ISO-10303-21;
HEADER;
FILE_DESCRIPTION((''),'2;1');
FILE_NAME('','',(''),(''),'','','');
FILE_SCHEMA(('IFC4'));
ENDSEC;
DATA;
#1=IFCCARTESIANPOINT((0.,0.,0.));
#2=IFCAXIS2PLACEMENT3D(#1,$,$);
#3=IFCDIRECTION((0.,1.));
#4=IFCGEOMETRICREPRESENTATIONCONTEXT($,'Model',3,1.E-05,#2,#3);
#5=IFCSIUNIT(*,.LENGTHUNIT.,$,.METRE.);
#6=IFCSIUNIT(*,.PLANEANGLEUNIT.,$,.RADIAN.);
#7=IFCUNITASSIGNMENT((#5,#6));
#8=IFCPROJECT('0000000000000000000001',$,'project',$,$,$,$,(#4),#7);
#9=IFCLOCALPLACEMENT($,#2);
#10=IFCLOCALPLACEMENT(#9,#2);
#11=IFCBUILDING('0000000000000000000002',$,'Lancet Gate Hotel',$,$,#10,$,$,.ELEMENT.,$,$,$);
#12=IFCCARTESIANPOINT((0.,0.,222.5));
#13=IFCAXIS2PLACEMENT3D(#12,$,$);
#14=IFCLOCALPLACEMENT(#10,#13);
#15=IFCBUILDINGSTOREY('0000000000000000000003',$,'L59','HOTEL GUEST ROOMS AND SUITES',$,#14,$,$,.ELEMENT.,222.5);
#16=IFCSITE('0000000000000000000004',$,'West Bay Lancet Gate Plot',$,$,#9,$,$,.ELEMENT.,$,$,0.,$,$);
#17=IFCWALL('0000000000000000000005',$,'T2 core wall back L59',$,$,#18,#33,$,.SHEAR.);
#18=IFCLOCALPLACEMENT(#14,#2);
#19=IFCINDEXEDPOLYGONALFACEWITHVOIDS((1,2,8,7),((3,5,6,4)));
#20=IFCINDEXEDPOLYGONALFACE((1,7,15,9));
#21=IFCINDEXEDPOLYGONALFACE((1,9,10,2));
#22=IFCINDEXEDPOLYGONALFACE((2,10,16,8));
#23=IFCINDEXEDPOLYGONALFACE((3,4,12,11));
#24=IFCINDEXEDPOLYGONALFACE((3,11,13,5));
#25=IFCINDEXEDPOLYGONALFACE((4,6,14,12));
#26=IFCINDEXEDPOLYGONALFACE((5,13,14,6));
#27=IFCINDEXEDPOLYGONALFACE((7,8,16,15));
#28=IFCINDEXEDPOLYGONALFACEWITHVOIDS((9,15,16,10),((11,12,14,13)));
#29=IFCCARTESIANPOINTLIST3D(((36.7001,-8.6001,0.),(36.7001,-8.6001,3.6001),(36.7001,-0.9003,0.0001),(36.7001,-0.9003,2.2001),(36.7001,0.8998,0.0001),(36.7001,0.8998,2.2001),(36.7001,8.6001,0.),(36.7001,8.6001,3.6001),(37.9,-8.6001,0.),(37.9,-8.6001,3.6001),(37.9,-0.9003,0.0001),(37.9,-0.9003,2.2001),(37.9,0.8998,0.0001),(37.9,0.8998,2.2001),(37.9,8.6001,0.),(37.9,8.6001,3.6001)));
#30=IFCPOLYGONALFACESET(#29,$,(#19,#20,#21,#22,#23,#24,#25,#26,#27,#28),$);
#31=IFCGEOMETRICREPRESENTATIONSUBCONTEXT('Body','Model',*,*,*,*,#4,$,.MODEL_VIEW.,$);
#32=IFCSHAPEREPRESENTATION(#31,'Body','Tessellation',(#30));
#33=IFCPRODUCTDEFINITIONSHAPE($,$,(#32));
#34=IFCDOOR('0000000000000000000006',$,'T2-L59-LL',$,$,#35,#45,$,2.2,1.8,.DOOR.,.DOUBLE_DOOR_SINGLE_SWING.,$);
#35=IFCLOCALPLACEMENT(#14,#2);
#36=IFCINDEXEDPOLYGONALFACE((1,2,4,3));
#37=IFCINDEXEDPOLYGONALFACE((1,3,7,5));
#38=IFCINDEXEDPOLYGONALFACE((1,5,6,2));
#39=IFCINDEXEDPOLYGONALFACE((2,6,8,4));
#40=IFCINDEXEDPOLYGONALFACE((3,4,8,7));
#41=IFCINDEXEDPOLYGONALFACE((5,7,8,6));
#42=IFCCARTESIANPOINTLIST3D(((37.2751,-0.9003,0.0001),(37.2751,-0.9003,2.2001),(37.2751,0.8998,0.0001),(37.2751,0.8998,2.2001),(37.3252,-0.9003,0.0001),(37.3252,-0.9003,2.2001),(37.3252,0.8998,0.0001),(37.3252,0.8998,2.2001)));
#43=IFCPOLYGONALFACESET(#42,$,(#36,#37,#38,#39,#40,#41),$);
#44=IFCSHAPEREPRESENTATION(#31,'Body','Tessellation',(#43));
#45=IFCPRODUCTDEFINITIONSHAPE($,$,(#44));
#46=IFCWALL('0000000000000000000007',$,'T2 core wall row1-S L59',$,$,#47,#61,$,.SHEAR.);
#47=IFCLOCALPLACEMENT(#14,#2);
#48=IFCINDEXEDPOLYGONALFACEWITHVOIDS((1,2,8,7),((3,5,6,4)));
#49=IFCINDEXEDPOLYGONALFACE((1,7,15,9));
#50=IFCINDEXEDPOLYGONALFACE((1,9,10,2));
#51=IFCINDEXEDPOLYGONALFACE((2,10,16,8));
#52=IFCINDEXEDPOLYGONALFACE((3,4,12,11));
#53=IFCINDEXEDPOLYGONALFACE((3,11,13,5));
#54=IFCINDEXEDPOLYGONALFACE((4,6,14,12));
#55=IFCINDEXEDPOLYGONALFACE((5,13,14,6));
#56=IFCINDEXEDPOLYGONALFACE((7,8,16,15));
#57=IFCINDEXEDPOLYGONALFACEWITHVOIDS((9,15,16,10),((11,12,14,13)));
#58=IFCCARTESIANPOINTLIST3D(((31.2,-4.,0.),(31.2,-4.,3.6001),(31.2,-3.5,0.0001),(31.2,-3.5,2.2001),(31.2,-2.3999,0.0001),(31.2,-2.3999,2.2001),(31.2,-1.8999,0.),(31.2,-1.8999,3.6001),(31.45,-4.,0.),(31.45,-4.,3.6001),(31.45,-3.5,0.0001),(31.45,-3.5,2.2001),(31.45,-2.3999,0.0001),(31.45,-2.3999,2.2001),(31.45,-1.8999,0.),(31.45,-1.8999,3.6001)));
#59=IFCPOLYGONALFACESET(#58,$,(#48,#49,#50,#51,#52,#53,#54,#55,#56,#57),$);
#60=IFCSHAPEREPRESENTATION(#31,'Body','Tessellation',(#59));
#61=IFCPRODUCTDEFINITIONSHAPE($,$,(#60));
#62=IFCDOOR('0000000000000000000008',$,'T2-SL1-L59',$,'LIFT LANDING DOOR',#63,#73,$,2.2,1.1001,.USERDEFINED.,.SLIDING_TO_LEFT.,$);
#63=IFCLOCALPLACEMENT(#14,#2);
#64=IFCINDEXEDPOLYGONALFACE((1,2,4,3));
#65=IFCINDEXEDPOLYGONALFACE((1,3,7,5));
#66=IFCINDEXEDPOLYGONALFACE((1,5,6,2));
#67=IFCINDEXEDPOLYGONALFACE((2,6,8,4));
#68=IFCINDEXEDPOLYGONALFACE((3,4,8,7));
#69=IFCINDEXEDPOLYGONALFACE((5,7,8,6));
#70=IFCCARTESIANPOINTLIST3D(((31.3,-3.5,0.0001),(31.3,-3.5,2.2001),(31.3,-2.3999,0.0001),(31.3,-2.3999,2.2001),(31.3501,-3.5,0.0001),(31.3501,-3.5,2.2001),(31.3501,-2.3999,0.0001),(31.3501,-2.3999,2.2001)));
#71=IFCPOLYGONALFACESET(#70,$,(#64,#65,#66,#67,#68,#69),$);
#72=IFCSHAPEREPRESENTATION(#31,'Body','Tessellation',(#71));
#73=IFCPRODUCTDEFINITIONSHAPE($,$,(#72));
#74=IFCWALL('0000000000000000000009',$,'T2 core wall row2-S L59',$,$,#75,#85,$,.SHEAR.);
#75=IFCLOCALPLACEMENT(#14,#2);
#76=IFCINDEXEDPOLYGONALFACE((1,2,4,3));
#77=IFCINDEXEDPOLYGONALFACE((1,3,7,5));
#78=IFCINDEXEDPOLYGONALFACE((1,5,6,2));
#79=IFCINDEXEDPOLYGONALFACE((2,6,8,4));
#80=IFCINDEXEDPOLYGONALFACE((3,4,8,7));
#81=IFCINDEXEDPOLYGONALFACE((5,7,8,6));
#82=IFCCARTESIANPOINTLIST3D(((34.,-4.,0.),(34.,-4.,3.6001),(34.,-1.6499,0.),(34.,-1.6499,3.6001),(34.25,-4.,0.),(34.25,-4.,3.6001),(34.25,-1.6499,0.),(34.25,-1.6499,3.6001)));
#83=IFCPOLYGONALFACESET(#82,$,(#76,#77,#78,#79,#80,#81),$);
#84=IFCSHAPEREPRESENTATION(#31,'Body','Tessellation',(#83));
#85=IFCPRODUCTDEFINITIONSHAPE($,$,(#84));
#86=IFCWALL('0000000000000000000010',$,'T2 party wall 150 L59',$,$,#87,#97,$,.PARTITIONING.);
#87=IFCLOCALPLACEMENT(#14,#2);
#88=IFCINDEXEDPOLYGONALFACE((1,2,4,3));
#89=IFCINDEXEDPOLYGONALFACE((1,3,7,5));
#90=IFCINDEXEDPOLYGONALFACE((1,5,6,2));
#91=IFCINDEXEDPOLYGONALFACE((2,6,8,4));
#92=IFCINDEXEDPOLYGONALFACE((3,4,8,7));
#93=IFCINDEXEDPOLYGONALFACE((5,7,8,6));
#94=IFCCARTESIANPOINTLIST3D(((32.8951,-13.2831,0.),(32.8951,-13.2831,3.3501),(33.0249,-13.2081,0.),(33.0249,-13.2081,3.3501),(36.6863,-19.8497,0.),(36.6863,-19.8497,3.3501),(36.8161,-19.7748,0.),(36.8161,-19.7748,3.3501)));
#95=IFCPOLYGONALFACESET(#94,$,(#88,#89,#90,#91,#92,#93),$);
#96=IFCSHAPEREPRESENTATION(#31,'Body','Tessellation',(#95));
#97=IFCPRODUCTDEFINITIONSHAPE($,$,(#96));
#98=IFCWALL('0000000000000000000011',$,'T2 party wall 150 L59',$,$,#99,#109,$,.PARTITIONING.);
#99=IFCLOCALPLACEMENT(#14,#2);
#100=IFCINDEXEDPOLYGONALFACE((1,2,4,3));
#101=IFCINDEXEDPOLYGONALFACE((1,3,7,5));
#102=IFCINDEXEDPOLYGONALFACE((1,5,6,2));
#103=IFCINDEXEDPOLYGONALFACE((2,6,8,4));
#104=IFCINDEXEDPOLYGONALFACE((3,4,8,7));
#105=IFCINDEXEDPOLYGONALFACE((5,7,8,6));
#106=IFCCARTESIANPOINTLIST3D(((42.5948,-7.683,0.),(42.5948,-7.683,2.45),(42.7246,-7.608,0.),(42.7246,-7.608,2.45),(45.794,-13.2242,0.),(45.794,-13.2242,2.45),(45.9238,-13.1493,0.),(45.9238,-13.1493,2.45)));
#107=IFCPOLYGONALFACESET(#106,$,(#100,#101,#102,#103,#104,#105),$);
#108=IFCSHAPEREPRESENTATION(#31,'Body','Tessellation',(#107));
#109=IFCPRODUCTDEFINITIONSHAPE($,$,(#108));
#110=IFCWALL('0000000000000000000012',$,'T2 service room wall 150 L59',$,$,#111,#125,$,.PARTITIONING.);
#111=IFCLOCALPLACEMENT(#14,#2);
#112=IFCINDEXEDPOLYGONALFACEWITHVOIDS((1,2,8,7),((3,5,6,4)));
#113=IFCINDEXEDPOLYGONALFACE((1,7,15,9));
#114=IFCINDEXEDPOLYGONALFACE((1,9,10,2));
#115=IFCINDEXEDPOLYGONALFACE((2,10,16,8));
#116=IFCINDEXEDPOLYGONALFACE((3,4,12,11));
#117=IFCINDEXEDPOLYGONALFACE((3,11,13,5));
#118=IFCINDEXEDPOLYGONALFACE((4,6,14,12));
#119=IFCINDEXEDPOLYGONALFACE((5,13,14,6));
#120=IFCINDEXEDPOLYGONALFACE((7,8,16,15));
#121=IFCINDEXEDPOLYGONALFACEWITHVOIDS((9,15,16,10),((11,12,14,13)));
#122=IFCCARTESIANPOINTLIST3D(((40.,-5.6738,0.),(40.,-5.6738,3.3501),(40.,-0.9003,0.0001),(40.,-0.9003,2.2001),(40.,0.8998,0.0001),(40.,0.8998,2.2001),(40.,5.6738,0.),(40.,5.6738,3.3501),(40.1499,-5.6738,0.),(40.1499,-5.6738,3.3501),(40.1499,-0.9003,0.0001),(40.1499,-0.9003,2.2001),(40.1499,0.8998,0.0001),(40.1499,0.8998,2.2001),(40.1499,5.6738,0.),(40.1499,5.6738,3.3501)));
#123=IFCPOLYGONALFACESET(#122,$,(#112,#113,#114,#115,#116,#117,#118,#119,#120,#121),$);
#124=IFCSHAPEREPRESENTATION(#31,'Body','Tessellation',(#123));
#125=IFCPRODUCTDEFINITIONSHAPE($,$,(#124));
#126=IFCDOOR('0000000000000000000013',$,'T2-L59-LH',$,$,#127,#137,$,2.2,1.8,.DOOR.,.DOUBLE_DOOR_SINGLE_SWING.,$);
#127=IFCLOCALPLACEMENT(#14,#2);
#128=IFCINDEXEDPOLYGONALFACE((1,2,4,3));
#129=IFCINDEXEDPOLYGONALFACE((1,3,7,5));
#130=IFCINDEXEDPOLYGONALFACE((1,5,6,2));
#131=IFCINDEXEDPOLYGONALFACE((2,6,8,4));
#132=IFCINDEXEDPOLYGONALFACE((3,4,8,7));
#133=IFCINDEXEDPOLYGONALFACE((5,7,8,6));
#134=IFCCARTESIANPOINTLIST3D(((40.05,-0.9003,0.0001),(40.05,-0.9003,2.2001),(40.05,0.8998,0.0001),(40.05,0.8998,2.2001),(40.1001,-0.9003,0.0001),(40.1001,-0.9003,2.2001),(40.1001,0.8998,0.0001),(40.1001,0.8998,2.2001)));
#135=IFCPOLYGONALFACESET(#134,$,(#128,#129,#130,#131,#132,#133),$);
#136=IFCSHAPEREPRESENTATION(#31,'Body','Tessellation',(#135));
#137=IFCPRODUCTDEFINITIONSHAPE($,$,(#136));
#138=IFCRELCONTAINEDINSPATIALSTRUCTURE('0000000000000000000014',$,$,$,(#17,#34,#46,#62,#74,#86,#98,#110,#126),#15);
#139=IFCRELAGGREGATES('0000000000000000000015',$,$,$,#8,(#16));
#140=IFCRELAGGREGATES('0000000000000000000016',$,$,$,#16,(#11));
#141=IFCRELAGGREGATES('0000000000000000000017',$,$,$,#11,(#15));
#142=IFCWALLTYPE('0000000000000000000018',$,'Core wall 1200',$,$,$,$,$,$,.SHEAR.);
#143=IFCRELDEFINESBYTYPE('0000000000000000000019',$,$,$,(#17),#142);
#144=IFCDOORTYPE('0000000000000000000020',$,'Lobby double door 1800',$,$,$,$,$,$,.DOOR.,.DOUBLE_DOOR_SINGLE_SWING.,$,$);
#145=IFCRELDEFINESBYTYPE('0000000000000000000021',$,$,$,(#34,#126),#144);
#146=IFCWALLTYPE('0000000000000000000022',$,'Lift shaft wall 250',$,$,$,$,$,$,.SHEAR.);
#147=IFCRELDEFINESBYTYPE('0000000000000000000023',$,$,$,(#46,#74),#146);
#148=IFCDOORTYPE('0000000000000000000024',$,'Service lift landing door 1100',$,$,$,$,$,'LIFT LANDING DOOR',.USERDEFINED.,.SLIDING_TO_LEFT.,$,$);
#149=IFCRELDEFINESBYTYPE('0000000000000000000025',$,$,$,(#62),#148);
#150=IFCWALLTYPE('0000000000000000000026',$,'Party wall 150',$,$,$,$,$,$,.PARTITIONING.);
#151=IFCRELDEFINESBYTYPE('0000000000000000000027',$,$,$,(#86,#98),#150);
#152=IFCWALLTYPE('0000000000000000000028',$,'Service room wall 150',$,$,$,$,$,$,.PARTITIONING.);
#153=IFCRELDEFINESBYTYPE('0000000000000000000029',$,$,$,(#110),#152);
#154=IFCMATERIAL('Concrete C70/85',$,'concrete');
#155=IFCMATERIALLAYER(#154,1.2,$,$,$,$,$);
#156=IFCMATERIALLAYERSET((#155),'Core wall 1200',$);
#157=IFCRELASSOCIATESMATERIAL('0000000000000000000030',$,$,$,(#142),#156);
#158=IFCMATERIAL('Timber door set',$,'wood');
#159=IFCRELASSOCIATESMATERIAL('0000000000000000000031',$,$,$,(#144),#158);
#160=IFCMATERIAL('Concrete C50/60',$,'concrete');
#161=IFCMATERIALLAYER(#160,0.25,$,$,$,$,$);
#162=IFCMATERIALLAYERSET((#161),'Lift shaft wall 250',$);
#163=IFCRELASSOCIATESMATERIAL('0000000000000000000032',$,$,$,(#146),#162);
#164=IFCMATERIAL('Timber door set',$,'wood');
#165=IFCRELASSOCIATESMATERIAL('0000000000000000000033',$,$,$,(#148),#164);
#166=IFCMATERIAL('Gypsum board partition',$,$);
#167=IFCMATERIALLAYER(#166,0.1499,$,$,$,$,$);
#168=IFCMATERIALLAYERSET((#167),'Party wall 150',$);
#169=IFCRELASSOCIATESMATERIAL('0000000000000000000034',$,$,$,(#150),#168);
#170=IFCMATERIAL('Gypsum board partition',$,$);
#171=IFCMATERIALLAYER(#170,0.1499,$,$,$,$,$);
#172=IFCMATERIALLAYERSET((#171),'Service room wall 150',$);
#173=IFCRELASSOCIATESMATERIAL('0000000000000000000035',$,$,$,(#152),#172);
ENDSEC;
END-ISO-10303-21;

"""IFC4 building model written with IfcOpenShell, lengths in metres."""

from ifc_helpers import new_model, si_unit, direction, frame, frame_2d, origin, place, context, subcontext, project, spatial, rectangle, extrude, material, layer, layer_set, type_object, element, fill, save


model = new_model("IFC4")

# Units and contexts
model_context = context("Model", 3, precision=1e-05, world=origin(), true_north=direction((0.0, 1.0)))
body_context = subcontext(model_context, "Body", "Model", "MODEL_VIEW")
ifc_project = project(units=[si_unit("LENGTHUNIT", "METRE"), si_unit("PLANEANGLEUNIT", "RADIAN")], contexts=[model_context])

# Site, building, storey
site_placement = place(None, origin())
site = spatial("IfcSite", under=ifc_project, at=site_placement, Name="West Bay Lancet Gate Plot", CompositionType="ELEMENT", RefElevation=0.0)
building_placement = place(site_placement, origin())
building = spatial("IfcBuilding", under=site, at=building_placement, Name="Lancet Gate Hotel", CompositionType="ELEMENT")
storey_placement = place(building_placement, frame((0.0, 0.0, 222.5)))
storey = spatial("IfcBuildingStorey", under=building, at=storey_placement, Name="L59", Description="HOTEL GUEST ROOMS AND SUITES", CompositionType="ELEMENT", Elevation=222.5)

# Walls, openings, doors
ifc_material_1 = material(Name="Concrete C70/85", Category="concrete")
ifc_layer_1 = layer(ifc_material_1, 1.2)
ifc_layer_set_1 = layer_set([ifc_layer_1], Name="Core wall 1200")
wall_type_1 = type_object("IfcWallType", Name="Core wall 1200", PredefinedType="SHEAR", material=ifc_layer_set_1)
wall_1_placement = place(storey_placement, frame((37.3, -8.6001, 0.0), z_axis=(0.0, 0.0, 1.0), x_axis=(0.0, 1.0, 0.0)))
wall_1 = element("IfcWall", 1, at=wall_1_placement, inside=storey, type_object=wall_type_1, Name="T2 core wall back L59", PredefinedType="SHEAR", context=body_context, shape_type="SweptSolid", body=[
    extrude(rectangle(XDim=17.2002, YDim=1.2, at=frame_2d((8.6001, 0.0))), origin(), (0.0, 0.0, 1.0), 3.6001),
])
opening_1_placement = place(wall_1_placement, frame((7.7, 0.0, 0.0)))
opening_1 = element("IfcOpeningElement", 2, at=opening_1_placement, cuts=wall_1, PredefinedType="OPENING", context=body_context, shape_type="SweptSolid", body=[
    extrude(rectangle(XDim=1.8, YDim=2.2, at=frame_2d((0.8999, 1.1001))), frame((0.0, 0.6099, 0.0), z_axis=(0.0, -1.0, 0.0), x_axis=(1.0, 0.0, 0.0)), (0.0, 0.0, 1.0), 1.22),
])
ifc_material_2 = material(Name="Timber door set", Category="wood")
door_type_1 = type_object("IfcDoorType", Name="Lobby double door 1800", OperationType="DOUBLE_DOOR_SINGLE_SWING", PredefinedType="DOOR", material=ifc_material_2)
door_1_placement = place(opening_1_placement, origin())
door_1 = element("IfcDoor", 3, at=door_1_placement, inside=storey, type_object=door_type_1, Name="T2-L59-LL", OperationType="DOUBLE_DOOR_SINGLE_SWING", OverallHeight=2.2, OverallWidth=1.8, PredefinedType="DOOR", context=body_context, shape_type="SweptSolid", body=[
    extrude(rectangle(XDim=1.8, YDim=2.2, at=frame_2d((0.8999, 1.1001))), frame((0.0, 0.0249, 0.0), z_axis=(0.0, -1.0, 0.0), x_axis=(1.0, 0.0, 0.0)), (0.0, 0.0, 1.0), 0.05),
])
fill(opening_1, door_1)
ifc_material_3 = material(Name="Concrete C50/60", Category="concrete")
ifc_layer_2 = layer(ifc_material_3, 0.25)
ifc_layer_set_2 = layer_set([ifc_layer_2], Name="Lift shaft wall 250")
wall_type_2 = type_object("IfcWallType", Name="Lift shaft wall 250", PredefinedType="SHEAR", material=ifc_layer_set_2)
wall_2_placement = place(storey_placement, frame((31.325, -4.0, 0.0), z_axis=(0.0, 0.0, 1.0), x_axis=(0.0, 1.0, 0.0)))
wall_2 = element("IfcWall", 4, at=wall_2_placement, inside=storey, type_object=wall_type_2, Name="T2 core wall row1-S L59", PredefinedType="SHEAR", context=body_context, shape_type="SweptSolid", body=[
    extrude(rectangle(XDim=2.1001, YDim=0.25, at=frame_2d((1.05, 0.0))), origin(), (0.0, 0.0, 1.0), 3.6001),
])
opening_2_placement = place(wall_2_placement, frame((0.5, 0.0, 0.0)))
opening_2 = element("IfcOpeningElement", 5, at=opening_2_placement, cuts=wall_2, PredefinedType="OPENING", context=body_context, shape_type="SweptSolid", body=[
    extrude(rectangle(XDim=1.1001, YDim=2.2, at=frame_2d((0.55, 1.1001))), frame((0.0, 0.135, 0.0), z_axis=(0.0, -1.0, 0.0), x_axis=(1.0, 0.0, 0.0)), (0.0, 0.0, 1.0), 0.27),
])
ifc_material_4 = material(Name="Timber door set", Category="wood")
door_type_2 = type_object("IfcDoorType", Name="Service lift landing door 1100", ElementType="LIFT LANDING DOOR", OperationType="SLIDING_TO_LEFT", PredefinedType="USERDEFINED", material=ifc_material_4)
door_2_placement = place(opening_2_placement, origin())
door_2 = element("IfcDoor", 6, at=door_2_placement, inside=storey, type_object=door_type_2, Name="T2-SL1-L59", ObjectType="LIFT LANDING DOOR", OperationType="SLIDING_TO_LEFT", OverallHeight=2.2, OverallWidth=1.1001, PredefinedType="USERDEFINED", context=body_context, shape_type="SweptSolid", body=[
    extrude(rectangle(XDim=1.1001, YDim=2.2, at=frame_2d((0.55, 1.1001))), frame((0.0, 0.0249, 0.0), z_axis=(0.0, -1.0, 0.0), x_axis=(1.0, 0.0, 0.0)), (0.0, 0.0, 1.0), 0.05),
])
fill(opening_2, door_2)

# Walls
wall_3_placement = place(storey_placement, frame((34.125, -4.0, 0.0), z_axis=(0.0, 0.0, 1.0), x_axis=(0.0, 1.0, 0.0)))
element("IfcWall", 7, at=wall_3_placement, inside=storey, type_object=wall_type_2, Name="T2 core wall row2-S L59", PredefinedType="SHEAR", context=body_context, shape_type="SweptSolid", body=[
    extrude(rectangle(XDim=2.3501, YDim=0.25, at=frame_2d((1.175, 0.0))), origin(), (0.0, 0.0, 1.0), 3.6001),
])
ifc_material_5 = material(Name="Gypsum board partition")
ifc_layer_3 = layer(ifc_material_5, 0.1499)
ifc_layer_set_3 = layer_set([ifc_layer_3], Name="Party wall 150")
wall_type_3 = type_object("IfcWallType", Name="Party wall 150", PredefinedType="PARTITIONING", material=ifc_layer_set_3)
wall_4_placement = place(storey_placement, frame((32.96, -13.2456, 0.0), z_axis=(0.0, 0.0, 1.0), x_axis=(0.5, -0.866025, 0.0)))
element("IfcWall", 8, at=wall_4_placement, inside=storey, type_object=wall_type_3, Name="T2 party wall 150 L59", PredefinedType="PARTITIONING", context=body_context, shape_type="SweptSolid", body=[
    extrude(rectangle(XDim=7.5825, YDim=0.1499, at=frame_2d((3.7913, 0.0))), origin(), (0.0, 0.0, 1.0), 3.3501),
])
wall_5_placement = place(storey_placement, frame((42.6597, -7.6455, 0.0), z_axis=(0.0, 0.0, 1.0), x_axis=(0.499997, -0.866027, 0.0)))
element("IfcWall", 9, at=wall_5_placement, inside=storey, type_object=wall_type_3, Name="T2 party wall 150 L59", PredefinedType="PARTITIONING", context=body_context, shape_type="SweptSolid", body=[
    extrude(rectangle(XDim=6.3984, YDim=0.1499, at=frame_2d((3.1992, 0.0))), origin(), (0.0, 0.0, 1.0), 2.45),
])

# Wall, opening, door
ifc_material_6 = material(Name="Gypsum board partition")
ifc_layer_4 = layer(ifc_material_6, 0.1499)
ifc_layer_set_4 = layer_set([ifc_layer_4], Name="Service room wall 150")
wall_type_4 = type_object("IfcWallType", Name="Service room wall 150", PredefinedType="PARTITIONING", material=ifc_layer_set_4)
wall_6_placement = place(storey_placement, frame((40.075, -5.6738, 0.0), z_axis=(0.0, 0.0, 1.0), x_axis=(0.0, 1.0, 0.0)))
wall_6 = element("IfcWall", 10, at=wall_6_placement, inside=storey, type_object=wall_type_4, Name="T2 service room wall 150 L59", PredefinedType="PARTITIONING", context=body_context, shape_type="SweptSolid", body=[
    extrude(rectangle(XDim=11.3477, YDim=0.1499, at=frame_2d((5.6738, 0.0))), origin(), (0.0, 0.0, 1.0), 3.3501),
])
opening_3_placement = place(wall_6_placement, frame((4.7737, 0.0, 0.0)))
opening_3 = element("IfcOpeningElement", 11, at=opening_3_placement, cuts=wall_6, PredefinedType="OPENING", context=body_context, shape_type="SweptSolid", body=[
    extrude(rectangle(XDim=1.8, YDim=2.2, at=frame_2d((0.8999, 1.1001))), frame((0.0, 0.085, 0.0), z_axis=(0.0, -1.0, 0.0), x_axis=(1.0, 0.0, 0.0)), (0.0, 0.0, 1.0), 0.1699),
])
door_3_placement = place(opening_3_placement, origin())
door_3 = element("IfcDoor", 12, at=door_3_placement, inside=storey, type_object=door_type_1, Name="T2-L59-LH", OperationType="DOUBLE_DOOR_SINGLE_SWING", OverallHeight=2.2, OverallWidth=1.8, PredefinedType="DOOR", context=body_context, shape_type="SweptSolid", body=[
    extrude(rectangle(XDim=1.8, YDim=2.2, at=frame_2d((0.8999, 1.1001))), frame((0.0, 0.0249, 0.0), z_axis=(0.0, -1.0, 0.0), x_axis=(1.0, 0.0, 0.0)), (0.0, 0.0, 1.0), 0.05),
])
fill(opening_3, door_3)

save(model, "model.ifc")
